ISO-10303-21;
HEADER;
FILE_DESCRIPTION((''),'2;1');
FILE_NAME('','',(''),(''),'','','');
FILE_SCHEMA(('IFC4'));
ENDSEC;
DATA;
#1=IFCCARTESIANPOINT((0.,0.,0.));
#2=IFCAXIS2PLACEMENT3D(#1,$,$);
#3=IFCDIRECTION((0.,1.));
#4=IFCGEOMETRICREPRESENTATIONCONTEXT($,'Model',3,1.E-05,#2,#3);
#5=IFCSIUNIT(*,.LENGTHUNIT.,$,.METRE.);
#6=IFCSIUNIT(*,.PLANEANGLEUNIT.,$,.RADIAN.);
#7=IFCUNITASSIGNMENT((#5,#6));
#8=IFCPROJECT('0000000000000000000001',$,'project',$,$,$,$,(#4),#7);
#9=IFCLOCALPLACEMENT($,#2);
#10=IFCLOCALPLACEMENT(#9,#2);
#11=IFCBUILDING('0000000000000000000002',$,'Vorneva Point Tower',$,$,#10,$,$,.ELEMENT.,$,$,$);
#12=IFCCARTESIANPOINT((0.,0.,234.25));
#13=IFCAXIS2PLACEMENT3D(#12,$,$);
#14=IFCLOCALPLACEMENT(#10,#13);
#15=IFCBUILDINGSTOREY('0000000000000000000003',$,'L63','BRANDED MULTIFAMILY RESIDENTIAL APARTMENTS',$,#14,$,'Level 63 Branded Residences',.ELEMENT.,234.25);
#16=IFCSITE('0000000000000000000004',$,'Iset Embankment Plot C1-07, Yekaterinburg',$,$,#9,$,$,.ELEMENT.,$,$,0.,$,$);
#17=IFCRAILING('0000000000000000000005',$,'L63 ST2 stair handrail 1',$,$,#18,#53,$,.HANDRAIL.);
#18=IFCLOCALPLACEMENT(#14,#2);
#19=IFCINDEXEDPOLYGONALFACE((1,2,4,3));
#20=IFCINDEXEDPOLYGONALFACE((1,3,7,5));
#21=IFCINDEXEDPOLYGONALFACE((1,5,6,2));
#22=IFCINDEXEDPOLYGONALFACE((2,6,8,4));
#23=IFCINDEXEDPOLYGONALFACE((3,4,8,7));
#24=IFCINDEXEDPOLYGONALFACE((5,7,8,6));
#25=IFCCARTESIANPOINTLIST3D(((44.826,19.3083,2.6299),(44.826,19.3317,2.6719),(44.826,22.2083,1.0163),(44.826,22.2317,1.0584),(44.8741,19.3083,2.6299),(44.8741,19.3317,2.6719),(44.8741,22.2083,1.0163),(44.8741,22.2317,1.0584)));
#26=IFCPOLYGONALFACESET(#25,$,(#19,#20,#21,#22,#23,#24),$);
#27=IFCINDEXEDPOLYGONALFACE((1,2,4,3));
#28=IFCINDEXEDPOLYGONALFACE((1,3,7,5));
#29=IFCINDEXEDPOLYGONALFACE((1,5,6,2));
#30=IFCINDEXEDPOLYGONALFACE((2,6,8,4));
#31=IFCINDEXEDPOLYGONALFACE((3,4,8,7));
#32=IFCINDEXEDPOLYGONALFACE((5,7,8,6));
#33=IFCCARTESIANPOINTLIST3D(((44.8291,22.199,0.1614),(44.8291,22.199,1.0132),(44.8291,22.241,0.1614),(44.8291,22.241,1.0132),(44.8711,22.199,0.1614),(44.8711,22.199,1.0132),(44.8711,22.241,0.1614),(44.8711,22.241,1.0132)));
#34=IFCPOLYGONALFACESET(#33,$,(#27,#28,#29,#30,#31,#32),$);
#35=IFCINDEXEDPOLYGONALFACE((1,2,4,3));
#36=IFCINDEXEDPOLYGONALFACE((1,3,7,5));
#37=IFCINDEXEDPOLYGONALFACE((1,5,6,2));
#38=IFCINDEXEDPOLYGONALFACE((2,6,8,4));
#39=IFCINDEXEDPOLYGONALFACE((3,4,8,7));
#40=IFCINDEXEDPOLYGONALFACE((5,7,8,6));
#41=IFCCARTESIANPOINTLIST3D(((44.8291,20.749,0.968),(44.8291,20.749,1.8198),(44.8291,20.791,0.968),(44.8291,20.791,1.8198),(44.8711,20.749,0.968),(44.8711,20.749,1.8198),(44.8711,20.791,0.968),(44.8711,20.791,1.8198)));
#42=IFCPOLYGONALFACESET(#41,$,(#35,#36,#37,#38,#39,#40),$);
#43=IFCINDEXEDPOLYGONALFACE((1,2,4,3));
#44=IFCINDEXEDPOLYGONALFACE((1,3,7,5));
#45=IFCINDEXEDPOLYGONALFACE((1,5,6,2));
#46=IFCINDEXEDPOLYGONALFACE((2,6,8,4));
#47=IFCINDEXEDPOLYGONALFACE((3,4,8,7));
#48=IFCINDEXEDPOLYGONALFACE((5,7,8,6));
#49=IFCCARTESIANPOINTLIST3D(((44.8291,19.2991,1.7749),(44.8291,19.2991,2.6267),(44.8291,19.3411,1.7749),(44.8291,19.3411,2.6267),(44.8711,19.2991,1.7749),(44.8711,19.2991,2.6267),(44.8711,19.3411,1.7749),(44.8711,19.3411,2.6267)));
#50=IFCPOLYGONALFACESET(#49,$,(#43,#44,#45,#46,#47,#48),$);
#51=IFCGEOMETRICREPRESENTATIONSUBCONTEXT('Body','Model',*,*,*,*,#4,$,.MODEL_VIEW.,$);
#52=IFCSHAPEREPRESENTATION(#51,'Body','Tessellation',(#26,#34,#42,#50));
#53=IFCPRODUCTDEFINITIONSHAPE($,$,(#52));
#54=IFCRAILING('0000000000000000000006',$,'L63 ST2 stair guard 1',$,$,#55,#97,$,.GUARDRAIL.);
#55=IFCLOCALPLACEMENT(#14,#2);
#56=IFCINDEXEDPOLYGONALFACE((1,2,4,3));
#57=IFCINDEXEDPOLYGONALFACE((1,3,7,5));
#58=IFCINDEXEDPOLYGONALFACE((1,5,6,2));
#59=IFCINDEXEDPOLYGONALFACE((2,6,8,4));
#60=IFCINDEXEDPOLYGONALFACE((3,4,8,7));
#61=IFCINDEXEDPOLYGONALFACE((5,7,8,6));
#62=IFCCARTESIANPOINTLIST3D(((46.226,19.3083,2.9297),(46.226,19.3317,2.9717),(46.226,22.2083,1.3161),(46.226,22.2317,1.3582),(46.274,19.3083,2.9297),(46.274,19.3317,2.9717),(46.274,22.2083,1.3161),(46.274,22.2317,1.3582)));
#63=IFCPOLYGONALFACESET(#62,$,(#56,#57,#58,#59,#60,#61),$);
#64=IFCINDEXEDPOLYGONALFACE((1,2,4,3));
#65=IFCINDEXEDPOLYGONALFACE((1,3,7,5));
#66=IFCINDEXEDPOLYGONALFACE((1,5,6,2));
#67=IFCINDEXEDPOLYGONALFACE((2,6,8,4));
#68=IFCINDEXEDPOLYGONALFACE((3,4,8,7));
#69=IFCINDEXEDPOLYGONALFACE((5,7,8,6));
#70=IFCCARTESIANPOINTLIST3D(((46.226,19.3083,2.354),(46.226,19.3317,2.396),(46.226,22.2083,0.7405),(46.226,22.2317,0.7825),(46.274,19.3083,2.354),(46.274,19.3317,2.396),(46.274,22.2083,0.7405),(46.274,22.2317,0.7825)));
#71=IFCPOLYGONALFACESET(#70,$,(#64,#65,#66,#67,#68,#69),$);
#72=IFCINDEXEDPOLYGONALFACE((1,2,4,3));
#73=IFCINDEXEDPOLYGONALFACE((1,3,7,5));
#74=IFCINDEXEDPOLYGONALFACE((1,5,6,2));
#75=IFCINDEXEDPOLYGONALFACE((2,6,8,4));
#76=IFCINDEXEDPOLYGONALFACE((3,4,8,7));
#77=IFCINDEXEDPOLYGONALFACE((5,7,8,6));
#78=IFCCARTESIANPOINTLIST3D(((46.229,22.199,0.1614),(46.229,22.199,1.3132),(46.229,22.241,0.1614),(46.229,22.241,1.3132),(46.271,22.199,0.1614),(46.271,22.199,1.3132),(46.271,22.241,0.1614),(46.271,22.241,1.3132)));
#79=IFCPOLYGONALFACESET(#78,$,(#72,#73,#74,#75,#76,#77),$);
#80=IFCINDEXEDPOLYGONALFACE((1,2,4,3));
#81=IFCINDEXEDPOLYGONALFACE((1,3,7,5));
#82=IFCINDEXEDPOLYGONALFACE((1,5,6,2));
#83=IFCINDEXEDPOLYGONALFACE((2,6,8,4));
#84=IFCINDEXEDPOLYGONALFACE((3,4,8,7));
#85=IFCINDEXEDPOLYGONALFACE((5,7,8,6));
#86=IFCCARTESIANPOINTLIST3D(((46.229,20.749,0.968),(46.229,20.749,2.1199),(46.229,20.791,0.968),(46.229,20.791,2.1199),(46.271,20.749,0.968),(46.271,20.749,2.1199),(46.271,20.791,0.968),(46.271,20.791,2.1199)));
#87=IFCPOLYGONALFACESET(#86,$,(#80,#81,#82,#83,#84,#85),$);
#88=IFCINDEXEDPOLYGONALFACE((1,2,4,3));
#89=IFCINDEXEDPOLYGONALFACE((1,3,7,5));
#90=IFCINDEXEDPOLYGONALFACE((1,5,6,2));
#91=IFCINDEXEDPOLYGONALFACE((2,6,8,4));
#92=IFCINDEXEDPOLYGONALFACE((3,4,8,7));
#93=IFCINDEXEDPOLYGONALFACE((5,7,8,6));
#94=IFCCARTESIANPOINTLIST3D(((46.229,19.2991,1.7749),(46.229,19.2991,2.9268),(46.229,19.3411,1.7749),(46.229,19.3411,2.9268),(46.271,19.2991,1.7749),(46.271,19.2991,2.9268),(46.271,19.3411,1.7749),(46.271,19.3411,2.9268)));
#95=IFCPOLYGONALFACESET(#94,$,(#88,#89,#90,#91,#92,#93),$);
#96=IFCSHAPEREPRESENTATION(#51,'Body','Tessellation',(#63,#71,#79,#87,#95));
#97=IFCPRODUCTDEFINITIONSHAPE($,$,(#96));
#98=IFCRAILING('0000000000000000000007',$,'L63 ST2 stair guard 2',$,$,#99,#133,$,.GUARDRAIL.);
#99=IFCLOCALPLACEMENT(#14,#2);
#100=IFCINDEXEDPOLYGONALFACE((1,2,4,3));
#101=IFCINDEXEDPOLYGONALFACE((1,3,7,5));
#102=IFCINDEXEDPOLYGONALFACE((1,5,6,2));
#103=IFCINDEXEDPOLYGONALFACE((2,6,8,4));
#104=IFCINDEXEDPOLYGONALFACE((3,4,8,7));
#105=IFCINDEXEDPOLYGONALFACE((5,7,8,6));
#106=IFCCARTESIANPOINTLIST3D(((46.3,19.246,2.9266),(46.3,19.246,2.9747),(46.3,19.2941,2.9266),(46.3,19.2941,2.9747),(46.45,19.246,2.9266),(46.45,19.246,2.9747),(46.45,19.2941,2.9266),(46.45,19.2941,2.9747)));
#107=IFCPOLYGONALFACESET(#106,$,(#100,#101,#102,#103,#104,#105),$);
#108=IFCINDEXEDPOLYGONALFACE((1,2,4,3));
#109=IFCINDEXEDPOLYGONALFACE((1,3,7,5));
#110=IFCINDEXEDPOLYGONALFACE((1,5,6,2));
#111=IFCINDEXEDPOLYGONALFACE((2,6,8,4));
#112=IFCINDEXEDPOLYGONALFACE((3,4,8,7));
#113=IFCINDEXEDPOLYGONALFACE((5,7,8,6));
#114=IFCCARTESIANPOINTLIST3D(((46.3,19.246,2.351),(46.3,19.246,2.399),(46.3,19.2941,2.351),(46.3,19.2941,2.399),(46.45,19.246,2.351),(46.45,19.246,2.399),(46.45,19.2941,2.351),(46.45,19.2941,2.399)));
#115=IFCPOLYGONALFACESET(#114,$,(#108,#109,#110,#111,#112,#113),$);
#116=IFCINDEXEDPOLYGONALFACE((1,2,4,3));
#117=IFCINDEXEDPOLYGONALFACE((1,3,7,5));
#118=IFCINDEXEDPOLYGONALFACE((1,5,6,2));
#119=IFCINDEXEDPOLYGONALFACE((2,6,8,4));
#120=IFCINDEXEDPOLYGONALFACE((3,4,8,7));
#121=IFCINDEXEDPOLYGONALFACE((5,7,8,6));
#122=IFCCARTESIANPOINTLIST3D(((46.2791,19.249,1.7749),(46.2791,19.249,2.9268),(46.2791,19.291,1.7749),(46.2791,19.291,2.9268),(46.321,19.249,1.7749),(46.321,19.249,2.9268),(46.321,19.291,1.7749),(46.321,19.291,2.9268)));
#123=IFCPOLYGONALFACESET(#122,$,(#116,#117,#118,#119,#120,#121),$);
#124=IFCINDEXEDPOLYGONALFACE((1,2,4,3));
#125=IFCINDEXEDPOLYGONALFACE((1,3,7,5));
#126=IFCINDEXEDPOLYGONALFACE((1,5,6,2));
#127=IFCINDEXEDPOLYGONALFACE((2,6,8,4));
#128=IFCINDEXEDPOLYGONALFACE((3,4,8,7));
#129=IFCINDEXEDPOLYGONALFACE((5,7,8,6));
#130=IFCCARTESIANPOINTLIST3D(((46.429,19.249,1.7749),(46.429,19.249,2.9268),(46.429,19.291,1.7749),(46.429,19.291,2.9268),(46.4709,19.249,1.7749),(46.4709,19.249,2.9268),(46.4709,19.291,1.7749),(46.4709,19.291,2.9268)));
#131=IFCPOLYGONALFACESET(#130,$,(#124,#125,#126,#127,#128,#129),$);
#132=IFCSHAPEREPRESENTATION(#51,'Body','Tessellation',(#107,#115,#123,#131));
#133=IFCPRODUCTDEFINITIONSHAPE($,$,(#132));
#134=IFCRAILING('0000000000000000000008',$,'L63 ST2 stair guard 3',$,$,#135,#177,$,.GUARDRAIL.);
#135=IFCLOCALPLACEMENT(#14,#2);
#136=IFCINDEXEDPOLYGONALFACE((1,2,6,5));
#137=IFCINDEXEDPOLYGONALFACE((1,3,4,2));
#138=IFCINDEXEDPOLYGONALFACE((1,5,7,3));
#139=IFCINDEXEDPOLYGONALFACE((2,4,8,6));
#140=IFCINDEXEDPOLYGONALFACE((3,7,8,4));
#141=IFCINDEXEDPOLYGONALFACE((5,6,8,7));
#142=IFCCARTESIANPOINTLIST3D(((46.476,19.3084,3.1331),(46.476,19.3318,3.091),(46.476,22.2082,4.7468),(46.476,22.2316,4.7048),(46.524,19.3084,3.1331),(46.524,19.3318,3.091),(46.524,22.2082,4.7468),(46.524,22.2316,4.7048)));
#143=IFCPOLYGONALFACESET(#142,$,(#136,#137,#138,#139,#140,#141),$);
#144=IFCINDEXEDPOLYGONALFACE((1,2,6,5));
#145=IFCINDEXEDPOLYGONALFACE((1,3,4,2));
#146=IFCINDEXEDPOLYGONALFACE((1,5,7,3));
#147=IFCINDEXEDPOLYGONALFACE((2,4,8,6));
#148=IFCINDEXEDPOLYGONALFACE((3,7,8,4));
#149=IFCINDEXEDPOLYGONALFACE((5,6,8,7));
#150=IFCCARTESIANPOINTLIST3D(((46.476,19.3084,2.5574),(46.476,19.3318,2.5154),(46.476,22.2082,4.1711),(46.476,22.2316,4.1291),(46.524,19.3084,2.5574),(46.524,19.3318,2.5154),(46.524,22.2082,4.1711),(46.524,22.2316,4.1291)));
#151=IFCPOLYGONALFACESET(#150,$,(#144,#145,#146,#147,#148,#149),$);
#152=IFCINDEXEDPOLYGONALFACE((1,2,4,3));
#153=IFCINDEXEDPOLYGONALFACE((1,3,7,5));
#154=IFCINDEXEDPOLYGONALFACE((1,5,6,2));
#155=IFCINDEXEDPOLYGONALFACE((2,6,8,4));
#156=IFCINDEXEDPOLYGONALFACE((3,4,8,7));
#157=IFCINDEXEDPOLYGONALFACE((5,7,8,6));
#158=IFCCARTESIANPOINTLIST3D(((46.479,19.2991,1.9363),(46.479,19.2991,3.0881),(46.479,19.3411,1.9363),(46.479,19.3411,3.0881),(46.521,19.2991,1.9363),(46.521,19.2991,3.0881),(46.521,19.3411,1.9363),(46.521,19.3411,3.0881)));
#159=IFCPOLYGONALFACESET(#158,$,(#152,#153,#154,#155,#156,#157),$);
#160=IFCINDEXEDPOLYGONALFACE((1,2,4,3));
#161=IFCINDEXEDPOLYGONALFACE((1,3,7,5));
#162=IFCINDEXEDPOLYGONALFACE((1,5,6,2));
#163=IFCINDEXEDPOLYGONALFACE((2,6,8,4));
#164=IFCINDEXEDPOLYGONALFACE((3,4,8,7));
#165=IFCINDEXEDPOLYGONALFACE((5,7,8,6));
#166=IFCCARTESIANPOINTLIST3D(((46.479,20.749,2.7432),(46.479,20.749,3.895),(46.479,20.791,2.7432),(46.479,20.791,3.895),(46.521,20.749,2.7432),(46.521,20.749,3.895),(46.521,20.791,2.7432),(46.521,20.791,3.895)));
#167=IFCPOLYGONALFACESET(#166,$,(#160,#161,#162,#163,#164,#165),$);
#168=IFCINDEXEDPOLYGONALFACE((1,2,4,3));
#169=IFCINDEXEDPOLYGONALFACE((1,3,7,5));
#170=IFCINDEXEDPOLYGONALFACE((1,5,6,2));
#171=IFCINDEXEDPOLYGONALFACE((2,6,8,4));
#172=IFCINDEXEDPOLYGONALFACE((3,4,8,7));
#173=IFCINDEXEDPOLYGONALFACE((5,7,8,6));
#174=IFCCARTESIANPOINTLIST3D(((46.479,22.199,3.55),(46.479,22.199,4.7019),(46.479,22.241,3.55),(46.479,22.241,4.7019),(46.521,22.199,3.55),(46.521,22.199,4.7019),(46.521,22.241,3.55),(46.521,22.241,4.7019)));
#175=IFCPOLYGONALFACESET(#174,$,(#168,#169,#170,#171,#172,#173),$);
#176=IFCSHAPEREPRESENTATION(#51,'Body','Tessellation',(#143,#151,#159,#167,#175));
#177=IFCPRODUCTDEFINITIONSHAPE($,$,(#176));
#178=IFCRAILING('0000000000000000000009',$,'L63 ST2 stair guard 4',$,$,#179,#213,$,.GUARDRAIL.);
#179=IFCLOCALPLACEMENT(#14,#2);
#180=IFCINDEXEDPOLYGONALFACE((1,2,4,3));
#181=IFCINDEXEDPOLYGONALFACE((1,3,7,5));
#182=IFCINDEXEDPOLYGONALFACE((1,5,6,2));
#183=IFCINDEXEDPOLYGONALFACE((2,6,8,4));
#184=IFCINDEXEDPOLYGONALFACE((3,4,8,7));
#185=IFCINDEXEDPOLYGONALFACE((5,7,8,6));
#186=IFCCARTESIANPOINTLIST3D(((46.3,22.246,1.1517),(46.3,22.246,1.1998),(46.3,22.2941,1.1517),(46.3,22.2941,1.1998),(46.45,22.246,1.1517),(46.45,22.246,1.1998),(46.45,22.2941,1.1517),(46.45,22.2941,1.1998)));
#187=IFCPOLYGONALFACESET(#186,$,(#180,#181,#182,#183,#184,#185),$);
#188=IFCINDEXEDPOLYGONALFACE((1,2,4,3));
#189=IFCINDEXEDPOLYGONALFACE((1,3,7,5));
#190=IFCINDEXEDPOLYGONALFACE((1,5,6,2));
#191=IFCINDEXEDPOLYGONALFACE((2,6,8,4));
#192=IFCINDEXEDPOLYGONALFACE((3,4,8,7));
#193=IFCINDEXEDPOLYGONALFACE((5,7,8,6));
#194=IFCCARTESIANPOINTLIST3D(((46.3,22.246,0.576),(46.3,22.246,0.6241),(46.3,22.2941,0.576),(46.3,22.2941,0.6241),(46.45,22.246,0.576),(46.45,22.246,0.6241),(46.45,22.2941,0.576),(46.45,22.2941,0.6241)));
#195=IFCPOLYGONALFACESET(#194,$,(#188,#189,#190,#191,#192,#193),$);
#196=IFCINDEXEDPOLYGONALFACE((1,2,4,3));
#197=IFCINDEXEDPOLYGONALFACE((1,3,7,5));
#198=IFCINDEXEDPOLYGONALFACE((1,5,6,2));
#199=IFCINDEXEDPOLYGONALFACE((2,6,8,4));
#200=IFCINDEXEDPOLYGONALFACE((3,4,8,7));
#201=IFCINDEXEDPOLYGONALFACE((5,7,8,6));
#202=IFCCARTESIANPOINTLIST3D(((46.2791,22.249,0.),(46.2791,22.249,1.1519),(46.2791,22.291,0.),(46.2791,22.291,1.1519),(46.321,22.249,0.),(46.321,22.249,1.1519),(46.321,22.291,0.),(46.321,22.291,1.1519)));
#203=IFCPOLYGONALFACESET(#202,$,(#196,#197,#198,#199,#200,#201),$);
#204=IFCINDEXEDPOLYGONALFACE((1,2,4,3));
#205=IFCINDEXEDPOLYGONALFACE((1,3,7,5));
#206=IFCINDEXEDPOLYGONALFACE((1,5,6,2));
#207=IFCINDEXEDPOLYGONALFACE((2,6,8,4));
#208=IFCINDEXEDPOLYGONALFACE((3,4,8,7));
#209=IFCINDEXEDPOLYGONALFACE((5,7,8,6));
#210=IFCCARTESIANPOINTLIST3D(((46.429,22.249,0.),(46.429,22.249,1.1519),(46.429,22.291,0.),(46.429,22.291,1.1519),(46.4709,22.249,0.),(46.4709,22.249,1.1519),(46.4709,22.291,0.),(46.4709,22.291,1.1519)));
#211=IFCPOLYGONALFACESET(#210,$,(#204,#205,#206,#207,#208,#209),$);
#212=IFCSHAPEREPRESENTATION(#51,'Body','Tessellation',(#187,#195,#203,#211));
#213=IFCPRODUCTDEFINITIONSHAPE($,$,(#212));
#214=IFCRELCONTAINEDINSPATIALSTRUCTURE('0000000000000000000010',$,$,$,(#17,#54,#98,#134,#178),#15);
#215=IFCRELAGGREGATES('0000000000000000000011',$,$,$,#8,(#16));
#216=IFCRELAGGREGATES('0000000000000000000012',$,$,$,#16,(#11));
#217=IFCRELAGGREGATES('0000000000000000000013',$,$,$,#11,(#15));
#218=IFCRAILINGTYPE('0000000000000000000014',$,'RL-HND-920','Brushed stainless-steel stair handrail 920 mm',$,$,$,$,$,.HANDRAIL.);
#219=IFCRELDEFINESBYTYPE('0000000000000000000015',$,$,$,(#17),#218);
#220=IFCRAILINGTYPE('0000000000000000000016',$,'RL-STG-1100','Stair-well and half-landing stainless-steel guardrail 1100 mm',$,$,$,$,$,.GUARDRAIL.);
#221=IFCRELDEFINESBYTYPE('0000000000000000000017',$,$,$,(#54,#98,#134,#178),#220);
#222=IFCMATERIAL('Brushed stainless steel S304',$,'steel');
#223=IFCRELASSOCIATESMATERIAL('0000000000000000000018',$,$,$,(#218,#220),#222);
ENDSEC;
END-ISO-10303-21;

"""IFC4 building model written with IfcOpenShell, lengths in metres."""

from ifc_helpers import new_model, si_unit, direction, frame, origin, origin_2d, place, context, subcontext, project, spatial, rectangle, extrude, material, type_object, element, save


model = new_model("IFC4")

# Units and contexts
model_context = context("Model", 3, precision=1e-05, world=origin(), true_north=direction((0.0, 1.0)))
body_context = subcontext(model_context, "Body", "Model", "MODEL_VIEW")
ifc_project = project(units=[si_unit("LENGTHUNIT", "METRE"), si_unit("PLANEANGLEUNIT", "RADIAN")], contexts=[model_context])

# Site, building, storey
site_placement = place(None, origin())
site = spatial("IfcSite", under=ifc_project, at=site_placement, Name="Iset Embankment Plot C1-07, Yekaterinburg", CompositionType="ELEMENT", RefElevation=0.0)
building_placement = place(site_placement, origin())
building = spatial("IfcBuilding", under=site, at=building_placement, Name="Vorneva Point Tower", CompositionType="ELEMENT")
storey_placement = place(building_placement, frame((0.0, 0.0, 234.25)))
storey = spatial("IfcBuildingStorey", under=building, at=storey_placement, Name="L63", Description="BRANDED MULTIFAMILY RESIDENTIAL APARTMENTS", LongName="Level 63 Branded Residences", CompositionType="ELEMENT", Elevation=234.25)

# Railings
ifc_material_1 = material(Name="Brushed stainless steel S304", Category="steel")
railing_type_1 = type_object("IfcRailingType", Name="RL-HND-920", Description="Brushed stainless-steel stair handrail 920 mm", PredefinedType="HANDRAIL", material=ifc_material_1)
railing_1_placement = place(storey_placement, frame((44.8501, 22.22, 0.1614)))
element("IfcRailing", 1, at=railing_1_placement, inside=storey, type_object=railing_type_1, Name="L63 ST2 stair handrail 1", PredefinedType="HANDRAIL", context=body_context, shape_type="SweptSolid", body=[
    extrude(rectangle(XDim=0.0481, YDim=0.0481, at=origin_2d()), frame((0.0, 0.0, 0.876), z_axis=(0.0, -0.873841, 0.486211), x_axis=(1.0, 0.0, 0.0)), (0.0, 0.0, 1.0), 3.3186),
    extrude(rectangle(XDim=0.042, YDim=0.042, at=origin_2d()), origin(), (0.0, 0.0, 1.0), 0.8518),
    extrude(rectangle(XDim=0.042, YDim=0.042, at=origin_2d()), frame((0.0, -1.45, 0.8066)), (0.0, 0.0, 1.0), 0.8518),
    extrude(rectangle(XDim=0.042, YDim=0.042, at=origin_2d()), frame((0.0, -2.8999, 1.6135)), (0.0, 0.0, 1.0), 0.8518),
])
railing_type_2 = type_object("IfcRailingType", Name="RL-STG-1100", Description="Stair-well and half-landing stainless-steel guardrail 1100 mm", PredefinedType="GUARDRAIL", material=ifc_material_1)
railing_2_placement = place(storey_placement, frame((46.25, 22.22, 0.1614)))
element("IfcRailing", 2, at=railing_2_placement, inside=storey, type_object=railing_type_2, Name="L63 ST2 stair guard 1", PredefinedType="GUARDRAIL", context=body_context, shape_type="SweptSolid", body=[
    extrude(rectangle(XDim=0.0481, YDim=0.0481, at=origin_2d()), frame((0.0, 0.0, 1.1758), z_axis=(0.0, -0.873841, 0.486211), x_axis=(1.0, 0.0, 0.0)), (0.0, 0.0, 1.0), 3.3186),
    extrude(rectangle(XDim=0.0481, YDim=0.0481, at=origin_2d()), frame((0.0, 0.0, 0.6001), z_axis=(0.0, -0.873841, 0.486211), x_axis=(1.0, 0.0, 0.0)), (0.0, 0.0, 1.0), 3.3186),
    extrude(rectangle(XDim=0.042, YDim=0.042, at=origin_2d()), origin(), (0.0, 0.0, 1.0), 1.1519),
    extrude(rectangle(XDim=0.042, YDim=0.042, at=origin_2d()), frame((0.0, -1.45, 0.8066)), (0.0, 0.0, 1.0), 1.1519),
    extrude(rectangle(XDim=0.042, YDim=0.042, at=origin_2d()), frame((0.0, -2.8999, 1.6135)), (0.0, 0.0, 1.0), 1.1519),
])
railing_3_placement = place(storey_placement, frame((46.3, 19.27, 1.7749)))
element("IfcRailing", 3, at=railing_3_placement, inside=storey, type_object=railing_type_2, Name="L63 ST2 stair guard 2", PredefinedType="GUARDRAIL", context=body_context, shape_type="SweptSolid", body=[
    extrude(rectangle(XDim=0.0481, YDim=0.0481, at=origin_2d()), frame((0.0, 0.0, 1.1758), z_axis=(1.0, 0.0, 0.0), x_axis=(0.0, 1.0, 0.0)), (0.0, 0.0, 1.0), 0.1499),
    extrude(rectangle(XDim=0.0481, YDim=0.0481, at=origin_2d()), frame((0.0, 0.0, 0.6001), z_axis=(1.0, 0.0, 0.0), x_axis=(0.0, 1.0, 0.0)), (0.0, 0.0, 1.0), 0.1499),
    extrude(rectangle(XDim=0.042, YDim=0.042, at=origin_2d()), origin(), (0.0, 0.0, 1.0), 1.1519),
    extrude(rectangle(XDim=0.042, YDim=0.042, at=origin_2d()), frame((0.1499, 0.0, 0.0)), (0.0, 0.0, 1.0), 1.1519),
])
railing_4_placement = place(storey_placement, frame((46.5, 19.3201, 1.9363)))
element("IfcRailing", 4, at=railing_4_placement, inside=storey, type_object=railing_type_2, Name="L63 ST2 stair guard 3", PredefinedType="GUARDRAIL", context=body_context, shape_type="SweptSolid", body=[
    extrude(rectangle(XDim=0.0481, YDim=0.0481, at=origin_2d()), frame((0.0, 0.0, 1.1758), z_axis=(0.0, 0.87381, 0.486267), x_axis=(-1.0, 0.0, 0.0)), (0.0, 0.0, 1.0), 3.3186),
    extrude(rectangle(XDim=0.0481, YDim=0.0481, at=origin_2d()), frame((0.0, 0.0, 0.6001), z_axis=(0.0, 0.87381, 0.486267), x_axis=(-1.0, 0.0, 0.0)), (0.0, 0.0, 1.0), 3.3186),
    extrude(rectangle(XDim=0.042, YDim=0.042, at=origin_2d()), origin(), (0.0, 0.0, 1.0), 1.1519),
    extrude(rectangle(XDim=0.042, YDim=0.042, at=origin_2d()), frame((0.0, 1.45, 0.8069)), (0.0, 0.0, 1.0), 1.1519),
    extrude(rectangle(XDim=0.042, YDim=0.042, at=origin_2d()), frame((0.0, 2.8999, 1.6138)), (0.0, 0.0, 1.0), 1.1519),
])
railing_5_placement = place(storey_placement, frame((46.3, 22.27, 0.0)))
element("IfcRailing", 5, at=railing_5_placement, inside=storey, type_object=railing_type_2, Name="L63 ST2 stair guard 4", PredefinedType="GUARDRAIL", context=body_context, shape_type="SweptSolid", body=[
    extrude(rectangle(XDim=0.0481, YDim=0.0481, at=origin_2d()), frame((0.0, 0.0, 1.1758), z_axis=(1.0, 0.0, 0.0), x_axis=(0.0, 1.0, 0.0)), (0.0, 0.0, 1.0), 0.1499),
    extrude(rectangle(XDim=0.0481, YDim=0.0481, at=origin_2d()), frame((0.0, 0.0, 0.6001), z_axis=(1.0, 0.0, 0.0), x_axis=(0.0, 1.0, 0.0)), (0.0, 0.0, 1.0), 0.1499),
    extrude(rectangle(XDim=0.042, YDim=0.042, at=origin_2d()), origin(), (0.0, 0.0, 1.0), 1.1519),
    extrude(rectangle(XDim=0.042, YDim=0.042, at=origin_2d()), frame((0.1499, 0.0, 0.0)), (0.0, 0.0, 1.0), 1.1519),
])

save(model, "model.ifc")
